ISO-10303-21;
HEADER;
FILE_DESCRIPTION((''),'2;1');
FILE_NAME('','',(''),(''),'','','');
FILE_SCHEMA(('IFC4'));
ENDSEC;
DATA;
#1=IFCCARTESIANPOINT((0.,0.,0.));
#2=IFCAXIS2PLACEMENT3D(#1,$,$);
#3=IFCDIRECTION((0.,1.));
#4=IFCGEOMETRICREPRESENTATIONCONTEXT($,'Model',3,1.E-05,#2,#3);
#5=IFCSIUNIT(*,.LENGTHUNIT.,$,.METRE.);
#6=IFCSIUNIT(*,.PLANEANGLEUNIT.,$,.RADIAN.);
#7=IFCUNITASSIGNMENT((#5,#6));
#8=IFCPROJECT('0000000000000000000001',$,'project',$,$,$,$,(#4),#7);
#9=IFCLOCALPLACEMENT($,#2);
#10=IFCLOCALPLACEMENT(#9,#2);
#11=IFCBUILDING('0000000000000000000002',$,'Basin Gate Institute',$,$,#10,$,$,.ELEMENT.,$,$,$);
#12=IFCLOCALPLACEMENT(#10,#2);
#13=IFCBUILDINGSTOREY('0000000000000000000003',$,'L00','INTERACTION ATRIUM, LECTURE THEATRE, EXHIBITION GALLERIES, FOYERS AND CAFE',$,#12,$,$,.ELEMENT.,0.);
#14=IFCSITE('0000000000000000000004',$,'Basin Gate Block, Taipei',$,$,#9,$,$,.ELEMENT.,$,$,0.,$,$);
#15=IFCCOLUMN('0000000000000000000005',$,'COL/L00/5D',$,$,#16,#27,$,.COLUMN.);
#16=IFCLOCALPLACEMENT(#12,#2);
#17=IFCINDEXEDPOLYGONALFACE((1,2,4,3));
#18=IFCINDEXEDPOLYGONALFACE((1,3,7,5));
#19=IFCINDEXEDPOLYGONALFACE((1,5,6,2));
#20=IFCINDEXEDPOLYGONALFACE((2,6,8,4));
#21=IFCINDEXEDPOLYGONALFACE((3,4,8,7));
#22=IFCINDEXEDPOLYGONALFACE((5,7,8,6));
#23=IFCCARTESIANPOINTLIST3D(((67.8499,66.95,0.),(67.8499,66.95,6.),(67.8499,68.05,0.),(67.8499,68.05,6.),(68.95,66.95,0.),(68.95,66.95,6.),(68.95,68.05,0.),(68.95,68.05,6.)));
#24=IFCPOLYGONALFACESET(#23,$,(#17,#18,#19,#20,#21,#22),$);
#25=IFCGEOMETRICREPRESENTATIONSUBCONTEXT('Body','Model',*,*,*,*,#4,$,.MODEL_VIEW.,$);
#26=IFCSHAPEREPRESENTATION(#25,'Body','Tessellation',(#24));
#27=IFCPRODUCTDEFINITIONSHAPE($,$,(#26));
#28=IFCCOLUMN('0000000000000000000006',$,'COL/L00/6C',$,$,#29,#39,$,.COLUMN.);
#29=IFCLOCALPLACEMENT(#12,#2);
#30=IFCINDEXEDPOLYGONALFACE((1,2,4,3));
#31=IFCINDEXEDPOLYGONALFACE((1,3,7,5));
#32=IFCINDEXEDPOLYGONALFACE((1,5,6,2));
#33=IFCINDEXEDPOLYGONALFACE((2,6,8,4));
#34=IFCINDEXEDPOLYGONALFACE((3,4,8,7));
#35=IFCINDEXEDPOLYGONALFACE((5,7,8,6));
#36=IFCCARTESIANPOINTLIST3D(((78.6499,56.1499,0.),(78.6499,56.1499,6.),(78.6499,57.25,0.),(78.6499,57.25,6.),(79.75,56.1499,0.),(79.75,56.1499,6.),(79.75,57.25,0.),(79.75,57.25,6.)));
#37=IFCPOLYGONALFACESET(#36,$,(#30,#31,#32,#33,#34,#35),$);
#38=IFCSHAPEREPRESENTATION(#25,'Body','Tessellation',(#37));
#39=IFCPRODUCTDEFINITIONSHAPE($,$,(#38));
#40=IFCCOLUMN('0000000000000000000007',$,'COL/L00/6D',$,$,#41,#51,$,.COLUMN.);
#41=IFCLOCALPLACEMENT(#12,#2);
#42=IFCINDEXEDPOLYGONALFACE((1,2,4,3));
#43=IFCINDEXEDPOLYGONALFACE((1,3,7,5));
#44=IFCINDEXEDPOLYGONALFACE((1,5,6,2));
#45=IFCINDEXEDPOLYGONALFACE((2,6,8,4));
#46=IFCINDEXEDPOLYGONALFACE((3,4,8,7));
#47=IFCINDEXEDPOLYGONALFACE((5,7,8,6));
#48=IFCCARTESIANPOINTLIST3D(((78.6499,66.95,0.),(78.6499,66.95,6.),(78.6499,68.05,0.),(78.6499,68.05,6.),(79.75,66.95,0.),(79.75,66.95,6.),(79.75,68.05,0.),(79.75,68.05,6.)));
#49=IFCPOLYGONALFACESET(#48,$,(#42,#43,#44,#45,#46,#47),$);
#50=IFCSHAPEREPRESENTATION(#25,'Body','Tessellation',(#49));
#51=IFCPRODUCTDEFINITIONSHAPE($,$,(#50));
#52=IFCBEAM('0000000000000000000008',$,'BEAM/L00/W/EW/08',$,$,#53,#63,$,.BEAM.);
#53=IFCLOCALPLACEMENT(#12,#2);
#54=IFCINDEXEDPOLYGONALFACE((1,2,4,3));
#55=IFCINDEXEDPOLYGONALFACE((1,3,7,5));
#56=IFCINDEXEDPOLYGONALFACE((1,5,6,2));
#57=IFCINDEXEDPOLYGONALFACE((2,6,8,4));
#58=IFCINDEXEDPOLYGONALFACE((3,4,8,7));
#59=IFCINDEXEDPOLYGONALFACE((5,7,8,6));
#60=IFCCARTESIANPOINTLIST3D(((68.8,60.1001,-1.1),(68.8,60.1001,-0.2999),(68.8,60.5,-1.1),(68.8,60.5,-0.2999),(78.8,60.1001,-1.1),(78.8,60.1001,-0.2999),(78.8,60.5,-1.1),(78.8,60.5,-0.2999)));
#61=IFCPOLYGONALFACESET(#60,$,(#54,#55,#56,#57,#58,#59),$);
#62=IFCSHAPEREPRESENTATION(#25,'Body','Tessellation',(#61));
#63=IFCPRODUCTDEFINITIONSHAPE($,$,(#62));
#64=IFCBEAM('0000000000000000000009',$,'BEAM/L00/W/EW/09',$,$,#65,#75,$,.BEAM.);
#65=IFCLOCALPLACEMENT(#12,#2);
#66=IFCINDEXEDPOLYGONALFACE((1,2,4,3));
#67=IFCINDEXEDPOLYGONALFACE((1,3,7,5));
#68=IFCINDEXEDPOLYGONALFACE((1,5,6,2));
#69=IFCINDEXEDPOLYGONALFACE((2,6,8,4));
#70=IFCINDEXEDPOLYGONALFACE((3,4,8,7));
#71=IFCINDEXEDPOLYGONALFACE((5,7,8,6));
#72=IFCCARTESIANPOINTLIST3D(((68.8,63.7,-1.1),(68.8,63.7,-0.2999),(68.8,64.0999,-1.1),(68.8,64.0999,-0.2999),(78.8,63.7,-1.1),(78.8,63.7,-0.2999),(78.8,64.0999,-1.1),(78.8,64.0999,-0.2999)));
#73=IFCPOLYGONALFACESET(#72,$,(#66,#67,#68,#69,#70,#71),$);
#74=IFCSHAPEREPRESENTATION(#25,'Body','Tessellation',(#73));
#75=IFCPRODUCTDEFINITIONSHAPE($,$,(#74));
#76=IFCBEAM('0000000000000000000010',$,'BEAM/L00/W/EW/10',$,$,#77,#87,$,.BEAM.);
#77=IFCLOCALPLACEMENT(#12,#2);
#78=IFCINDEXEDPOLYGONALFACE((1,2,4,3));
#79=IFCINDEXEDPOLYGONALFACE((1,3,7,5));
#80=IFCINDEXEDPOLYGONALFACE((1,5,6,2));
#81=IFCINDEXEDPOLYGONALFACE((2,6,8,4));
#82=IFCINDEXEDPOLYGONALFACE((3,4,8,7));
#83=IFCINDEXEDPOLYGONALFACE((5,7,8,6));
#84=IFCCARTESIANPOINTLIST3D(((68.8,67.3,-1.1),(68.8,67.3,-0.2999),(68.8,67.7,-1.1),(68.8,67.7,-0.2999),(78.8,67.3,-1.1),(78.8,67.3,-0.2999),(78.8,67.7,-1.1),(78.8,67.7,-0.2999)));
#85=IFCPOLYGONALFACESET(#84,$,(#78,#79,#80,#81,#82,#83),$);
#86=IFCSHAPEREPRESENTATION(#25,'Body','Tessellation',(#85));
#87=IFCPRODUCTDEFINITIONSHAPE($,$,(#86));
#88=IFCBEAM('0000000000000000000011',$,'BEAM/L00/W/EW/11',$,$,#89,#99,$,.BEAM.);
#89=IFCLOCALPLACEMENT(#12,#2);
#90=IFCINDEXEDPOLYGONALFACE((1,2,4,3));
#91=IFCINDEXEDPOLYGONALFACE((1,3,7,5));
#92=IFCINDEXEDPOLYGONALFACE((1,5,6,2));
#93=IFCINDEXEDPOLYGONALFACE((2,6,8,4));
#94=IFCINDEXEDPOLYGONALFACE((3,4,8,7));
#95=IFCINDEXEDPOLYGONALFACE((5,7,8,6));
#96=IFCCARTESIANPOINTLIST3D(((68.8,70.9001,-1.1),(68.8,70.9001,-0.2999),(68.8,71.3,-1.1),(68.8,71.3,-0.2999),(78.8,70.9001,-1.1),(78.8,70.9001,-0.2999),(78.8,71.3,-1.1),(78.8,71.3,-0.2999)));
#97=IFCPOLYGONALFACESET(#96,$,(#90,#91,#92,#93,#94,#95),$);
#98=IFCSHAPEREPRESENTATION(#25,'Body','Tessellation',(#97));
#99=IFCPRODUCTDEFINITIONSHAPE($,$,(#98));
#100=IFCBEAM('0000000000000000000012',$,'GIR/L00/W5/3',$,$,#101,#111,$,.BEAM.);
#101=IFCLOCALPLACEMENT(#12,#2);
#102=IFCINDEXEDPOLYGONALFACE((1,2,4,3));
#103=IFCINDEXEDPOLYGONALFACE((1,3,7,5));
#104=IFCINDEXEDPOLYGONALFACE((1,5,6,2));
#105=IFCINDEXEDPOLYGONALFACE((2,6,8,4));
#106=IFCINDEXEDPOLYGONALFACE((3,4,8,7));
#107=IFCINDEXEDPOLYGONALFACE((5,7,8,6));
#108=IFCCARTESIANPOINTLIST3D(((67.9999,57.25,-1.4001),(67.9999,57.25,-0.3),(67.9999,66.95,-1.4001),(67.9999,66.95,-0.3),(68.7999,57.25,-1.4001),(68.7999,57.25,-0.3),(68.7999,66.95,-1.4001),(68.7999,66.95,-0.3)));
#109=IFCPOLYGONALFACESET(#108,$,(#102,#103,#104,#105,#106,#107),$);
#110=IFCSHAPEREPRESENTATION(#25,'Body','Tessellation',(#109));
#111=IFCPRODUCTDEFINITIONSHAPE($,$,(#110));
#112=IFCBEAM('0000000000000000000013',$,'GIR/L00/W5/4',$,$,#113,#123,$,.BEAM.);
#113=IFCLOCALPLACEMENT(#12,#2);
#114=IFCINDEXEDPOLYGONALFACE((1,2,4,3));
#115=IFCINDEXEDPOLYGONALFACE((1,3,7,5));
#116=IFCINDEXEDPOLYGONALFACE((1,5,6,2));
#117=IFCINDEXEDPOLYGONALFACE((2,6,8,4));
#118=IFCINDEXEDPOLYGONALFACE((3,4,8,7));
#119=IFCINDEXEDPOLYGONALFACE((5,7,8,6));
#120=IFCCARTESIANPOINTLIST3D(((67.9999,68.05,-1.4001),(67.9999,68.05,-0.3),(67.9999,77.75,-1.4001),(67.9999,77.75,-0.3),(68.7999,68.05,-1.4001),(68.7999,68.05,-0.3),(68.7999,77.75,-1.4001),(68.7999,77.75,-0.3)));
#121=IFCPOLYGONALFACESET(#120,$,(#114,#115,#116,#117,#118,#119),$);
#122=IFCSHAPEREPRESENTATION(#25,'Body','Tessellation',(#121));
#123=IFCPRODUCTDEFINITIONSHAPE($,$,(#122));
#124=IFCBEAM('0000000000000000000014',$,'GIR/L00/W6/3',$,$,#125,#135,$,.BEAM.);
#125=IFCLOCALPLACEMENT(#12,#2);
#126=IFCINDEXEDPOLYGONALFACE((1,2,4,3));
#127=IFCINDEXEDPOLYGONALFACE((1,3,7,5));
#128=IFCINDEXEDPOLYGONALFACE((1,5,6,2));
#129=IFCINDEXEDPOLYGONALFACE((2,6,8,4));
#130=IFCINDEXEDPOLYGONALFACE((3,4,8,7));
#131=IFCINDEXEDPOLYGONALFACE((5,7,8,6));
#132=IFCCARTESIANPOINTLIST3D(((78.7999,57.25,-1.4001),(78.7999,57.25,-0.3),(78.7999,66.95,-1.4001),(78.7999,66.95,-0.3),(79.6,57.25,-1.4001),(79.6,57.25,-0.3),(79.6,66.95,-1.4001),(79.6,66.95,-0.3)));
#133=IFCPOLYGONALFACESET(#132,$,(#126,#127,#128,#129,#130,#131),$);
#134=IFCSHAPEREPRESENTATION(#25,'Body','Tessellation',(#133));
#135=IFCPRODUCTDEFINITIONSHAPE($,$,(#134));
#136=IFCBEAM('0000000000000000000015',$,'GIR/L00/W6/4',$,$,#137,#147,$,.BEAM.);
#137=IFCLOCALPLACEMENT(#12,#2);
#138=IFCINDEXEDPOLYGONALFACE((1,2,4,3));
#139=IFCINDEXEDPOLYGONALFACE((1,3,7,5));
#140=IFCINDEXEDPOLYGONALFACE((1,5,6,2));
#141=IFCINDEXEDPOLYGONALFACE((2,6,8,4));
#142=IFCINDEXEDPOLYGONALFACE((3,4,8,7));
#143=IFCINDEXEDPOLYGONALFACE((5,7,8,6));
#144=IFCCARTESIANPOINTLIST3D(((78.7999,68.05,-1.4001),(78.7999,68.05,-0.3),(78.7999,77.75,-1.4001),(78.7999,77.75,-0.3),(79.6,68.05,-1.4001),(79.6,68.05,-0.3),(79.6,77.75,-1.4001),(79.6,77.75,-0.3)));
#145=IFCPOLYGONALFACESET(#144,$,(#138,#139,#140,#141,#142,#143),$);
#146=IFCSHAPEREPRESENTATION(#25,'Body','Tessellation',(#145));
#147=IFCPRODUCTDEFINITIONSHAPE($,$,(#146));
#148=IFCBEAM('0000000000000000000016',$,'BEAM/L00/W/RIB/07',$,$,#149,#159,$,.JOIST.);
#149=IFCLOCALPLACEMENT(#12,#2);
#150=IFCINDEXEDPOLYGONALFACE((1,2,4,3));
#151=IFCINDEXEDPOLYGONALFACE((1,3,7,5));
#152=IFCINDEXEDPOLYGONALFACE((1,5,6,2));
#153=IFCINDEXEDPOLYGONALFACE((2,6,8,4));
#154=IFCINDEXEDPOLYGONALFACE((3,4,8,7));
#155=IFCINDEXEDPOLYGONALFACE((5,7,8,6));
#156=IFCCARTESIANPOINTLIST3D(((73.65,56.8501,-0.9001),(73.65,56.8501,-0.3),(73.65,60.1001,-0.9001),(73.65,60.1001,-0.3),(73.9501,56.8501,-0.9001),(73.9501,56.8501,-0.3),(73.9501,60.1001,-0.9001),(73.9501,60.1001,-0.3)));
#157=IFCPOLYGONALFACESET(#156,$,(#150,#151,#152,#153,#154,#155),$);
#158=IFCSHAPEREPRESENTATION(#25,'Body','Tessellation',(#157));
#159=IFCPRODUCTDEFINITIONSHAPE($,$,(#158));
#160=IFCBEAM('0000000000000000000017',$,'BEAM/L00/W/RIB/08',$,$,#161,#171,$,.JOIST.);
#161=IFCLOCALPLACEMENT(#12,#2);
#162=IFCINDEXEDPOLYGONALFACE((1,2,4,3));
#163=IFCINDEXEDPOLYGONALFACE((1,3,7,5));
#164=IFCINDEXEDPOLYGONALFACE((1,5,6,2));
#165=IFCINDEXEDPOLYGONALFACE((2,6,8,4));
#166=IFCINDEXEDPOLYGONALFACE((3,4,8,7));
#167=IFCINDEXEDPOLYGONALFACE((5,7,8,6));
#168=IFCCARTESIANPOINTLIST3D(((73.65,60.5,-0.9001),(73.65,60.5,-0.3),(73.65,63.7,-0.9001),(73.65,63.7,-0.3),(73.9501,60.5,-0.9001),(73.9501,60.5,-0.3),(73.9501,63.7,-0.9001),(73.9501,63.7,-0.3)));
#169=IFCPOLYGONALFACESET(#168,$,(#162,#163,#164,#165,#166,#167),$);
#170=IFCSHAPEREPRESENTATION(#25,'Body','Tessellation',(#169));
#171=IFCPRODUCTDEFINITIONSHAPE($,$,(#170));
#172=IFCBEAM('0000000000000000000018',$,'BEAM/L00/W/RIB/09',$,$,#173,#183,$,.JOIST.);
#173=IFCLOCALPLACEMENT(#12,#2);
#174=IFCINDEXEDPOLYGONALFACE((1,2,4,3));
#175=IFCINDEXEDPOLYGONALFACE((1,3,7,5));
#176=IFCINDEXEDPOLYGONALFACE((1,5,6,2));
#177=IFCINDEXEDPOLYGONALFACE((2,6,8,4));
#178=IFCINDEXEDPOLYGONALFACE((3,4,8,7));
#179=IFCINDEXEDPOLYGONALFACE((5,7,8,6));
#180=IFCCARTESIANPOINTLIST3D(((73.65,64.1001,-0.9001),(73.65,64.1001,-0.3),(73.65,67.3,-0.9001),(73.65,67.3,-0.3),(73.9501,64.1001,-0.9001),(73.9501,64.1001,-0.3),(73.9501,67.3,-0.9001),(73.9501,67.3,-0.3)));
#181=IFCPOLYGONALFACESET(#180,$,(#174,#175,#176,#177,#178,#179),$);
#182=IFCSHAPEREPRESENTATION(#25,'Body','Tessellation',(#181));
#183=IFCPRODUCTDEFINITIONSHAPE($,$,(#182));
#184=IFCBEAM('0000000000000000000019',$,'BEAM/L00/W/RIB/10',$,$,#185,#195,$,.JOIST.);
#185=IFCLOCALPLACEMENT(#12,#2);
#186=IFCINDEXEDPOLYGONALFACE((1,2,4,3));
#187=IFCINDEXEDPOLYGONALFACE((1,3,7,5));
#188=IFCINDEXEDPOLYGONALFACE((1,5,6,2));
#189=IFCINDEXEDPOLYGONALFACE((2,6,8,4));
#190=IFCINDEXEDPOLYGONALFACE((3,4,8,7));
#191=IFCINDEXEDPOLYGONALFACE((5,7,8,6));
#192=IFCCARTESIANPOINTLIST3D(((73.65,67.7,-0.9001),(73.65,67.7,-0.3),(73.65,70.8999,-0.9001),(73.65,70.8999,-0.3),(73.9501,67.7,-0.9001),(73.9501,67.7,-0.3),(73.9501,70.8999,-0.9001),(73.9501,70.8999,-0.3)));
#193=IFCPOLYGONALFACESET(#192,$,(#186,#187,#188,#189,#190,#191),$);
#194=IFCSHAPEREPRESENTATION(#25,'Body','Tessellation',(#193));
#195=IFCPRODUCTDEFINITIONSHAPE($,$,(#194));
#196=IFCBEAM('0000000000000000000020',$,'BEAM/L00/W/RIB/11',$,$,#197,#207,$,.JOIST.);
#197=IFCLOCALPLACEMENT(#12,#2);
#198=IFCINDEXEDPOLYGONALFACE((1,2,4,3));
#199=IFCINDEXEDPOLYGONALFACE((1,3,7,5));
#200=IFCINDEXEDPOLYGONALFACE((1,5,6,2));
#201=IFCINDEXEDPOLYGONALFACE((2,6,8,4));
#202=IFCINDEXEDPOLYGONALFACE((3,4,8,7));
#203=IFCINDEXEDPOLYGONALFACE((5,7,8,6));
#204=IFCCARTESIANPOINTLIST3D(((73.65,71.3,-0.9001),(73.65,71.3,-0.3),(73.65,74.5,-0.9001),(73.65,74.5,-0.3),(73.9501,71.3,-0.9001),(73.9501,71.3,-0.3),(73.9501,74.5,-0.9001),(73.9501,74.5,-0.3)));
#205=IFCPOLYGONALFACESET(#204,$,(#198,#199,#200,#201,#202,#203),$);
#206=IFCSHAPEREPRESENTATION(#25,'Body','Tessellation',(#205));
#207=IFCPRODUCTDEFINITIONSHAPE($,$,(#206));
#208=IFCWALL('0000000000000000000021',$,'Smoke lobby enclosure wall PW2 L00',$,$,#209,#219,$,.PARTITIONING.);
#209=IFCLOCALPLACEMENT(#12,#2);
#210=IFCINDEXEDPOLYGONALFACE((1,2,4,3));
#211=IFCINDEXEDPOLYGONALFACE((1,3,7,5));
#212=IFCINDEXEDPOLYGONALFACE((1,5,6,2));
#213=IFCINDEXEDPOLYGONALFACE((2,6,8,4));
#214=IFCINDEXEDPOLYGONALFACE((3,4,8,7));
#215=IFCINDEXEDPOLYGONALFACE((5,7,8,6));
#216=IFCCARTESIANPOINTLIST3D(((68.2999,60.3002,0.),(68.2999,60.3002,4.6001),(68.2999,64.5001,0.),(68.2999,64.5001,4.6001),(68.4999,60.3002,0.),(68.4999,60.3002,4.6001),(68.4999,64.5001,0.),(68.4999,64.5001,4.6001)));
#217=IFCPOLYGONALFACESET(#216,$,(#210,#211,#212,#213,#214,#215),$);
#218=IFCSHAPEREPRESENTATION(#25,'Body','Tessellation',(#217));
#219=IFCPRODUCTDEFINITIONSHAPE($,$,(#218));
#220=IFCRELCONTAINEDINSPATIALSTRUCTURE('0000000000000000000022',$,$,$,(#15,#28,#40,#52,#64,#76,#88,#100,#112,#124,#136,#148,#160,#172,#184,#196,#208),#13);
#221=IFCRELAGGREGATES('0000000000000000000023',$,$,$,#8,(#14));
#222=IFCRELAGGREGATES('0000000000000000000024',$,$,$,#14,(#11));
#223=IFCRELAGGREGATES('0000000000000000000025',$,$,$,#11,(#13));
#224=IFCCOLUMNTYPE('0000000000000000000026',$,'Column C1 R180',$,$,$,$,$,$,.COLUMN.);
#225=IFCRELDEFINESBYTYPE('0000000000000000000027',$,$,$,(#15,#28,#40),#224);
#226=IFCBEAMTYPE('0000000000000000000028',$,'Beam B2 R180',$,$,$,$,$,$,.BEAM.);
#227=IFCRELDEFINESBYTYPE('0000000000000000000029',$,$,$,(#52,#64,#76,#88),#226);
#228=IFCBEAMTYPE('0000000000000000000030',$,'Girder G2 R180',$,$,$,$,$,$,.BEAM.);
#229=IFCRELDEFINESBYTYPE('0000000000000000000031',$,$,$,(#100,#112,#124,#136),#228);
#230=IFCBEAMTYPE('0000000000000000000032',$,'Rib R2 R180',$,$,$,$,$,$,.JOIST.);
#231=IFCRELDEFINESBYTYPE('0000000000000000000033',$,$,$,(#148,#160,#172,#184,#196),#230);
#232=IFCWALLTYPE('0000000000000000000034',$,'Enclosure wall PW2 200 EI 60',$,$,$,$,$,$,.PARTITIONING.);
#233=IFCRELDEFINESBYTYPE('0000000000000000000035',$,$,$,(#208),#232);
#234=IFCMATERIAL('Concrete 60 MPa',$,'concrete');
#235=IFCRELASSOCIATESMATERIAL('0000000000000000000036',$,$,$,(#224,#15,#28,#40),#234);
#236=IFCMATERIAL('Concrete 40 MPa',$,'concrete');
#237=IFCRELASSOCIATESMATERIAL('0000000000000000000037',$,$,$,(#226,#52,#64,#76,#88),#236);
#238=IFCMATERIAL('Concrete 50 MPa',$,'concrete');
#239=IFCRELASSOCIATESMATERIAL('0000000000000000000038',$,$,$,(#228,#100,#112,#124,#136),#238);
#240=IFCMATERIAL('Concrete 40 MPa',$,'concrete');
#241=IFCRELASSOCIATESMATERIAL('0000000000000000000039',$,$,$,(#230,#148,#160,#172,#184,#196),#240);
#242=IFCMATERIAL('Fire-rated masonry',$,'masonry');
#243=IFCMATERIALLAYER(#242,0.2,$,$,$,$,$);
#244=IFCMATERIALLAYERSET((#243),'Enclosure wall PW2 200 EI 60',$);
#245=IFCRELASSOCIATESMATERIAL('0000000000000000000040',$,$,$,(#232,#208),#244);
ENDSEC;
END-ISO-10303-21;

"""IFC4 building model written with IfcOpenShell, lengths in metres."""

from ifc_helpers import new_model, si_unit, direction, frame, frame_2d, origin, origin_2d, place, context, subcontext, project, spatial, rectangle, extrude, material, layer, layer_set, material_profile, profile_set, type_object, element, save


model = new_model("IFC4")

# Units and contexts
model_context = context("Model", 3, precision=1e-05, world=origin(), true_north=direction((0.0, 1.0)))
body_context = subcontext(model_context, "Body", "Model", "MODEL_VIEW")
ifc_project = project(units=[si_unit("LENGTHUNIT", "METRE"), si_unit("PLANEANGLEUNIT", "RADIAN")], contexts=[model_context])

# Site, building, storey
site_placement = place(None, origin())
site = spatial("IfcSite", under=ifc_project, at=site_placement, Name="Basin Gate Block, Taipei", CompositionType="ELEMENT", RefElevation=0.0)
building_placement = place(site_placement, origin())
building = spatial("IfcBuilding", under=site, at=building_placement, Name="Basin Gate Institute", CompositionType="ELEMENT")
storey_placement = place(building_placement, origin())
storey = spatial("IfcBuildingStorey", under=building, at=storey_placement, Name="L00", Description="INTERACTION ATRIUM, LECTURE THEATRE, EXHIBITION GALLERIES, FOYERS AND CAFE", CompositionType="ELEMENT", Elevation=0.0)

# Columns
ifc_material_1 = material(Name="Concrete 60 MPa", Category="concrete")
ifc_material_profile_1 = material_profile(ifc_material_1, rectangle(XDim=1.1001, YDim=1.1001, at=origin_2d()), Name="Column C1 1100 x 1100")
ifc_profile_set_1 = profile_set([ifc_material_profile_1], Name="Concrete 60 MPa")
column_type = type_object("IfcColumnType", Name="Column C1 R180", PredefinedType="COLUMN", material=ifc_profile_set_1)
for number, where, z_axis, x_axis, name in (
    (1, (68.3999, 67.5, 0.0), (0.0, 0.0, 1.0), (1.0, 0.0, 0.0), "COL/L00/5D"),
    (2, (79.2, 56.7, 0.0), (0.0, 0.0, 1.0), (1.0, 0.0, 0.0), "COL/L00/6C"),
    (3, (79.2, 67.5, 0.0), (0.0, 0.0, 1.0), (1.0, 0.0, 0.0), "COL/L00/6D"),
):
    element("IfcColumn", number, at=place(storey_placement, frame(where, z_axis=z_axis, x_axis=x_axis)), inside=storey, type_object=column_type, material=ifc_profile_set_1, Name=name, PredefinedType="COLUMN", context=body_context, shape_type="SweptSolid", body=[
        extrude(rectangle(XDim=1.1001, YDim=1.1001, at=origin_2d()), origin(), (0.0, 0.0, 1.0), 6.0),
    ])

# Beams
ifc_material_2 = material(Name="Concrete 40 MPa", Category="concrete")
ifc_material_profile_2 = material_profile(ifc_material_2, rectangle(XDim=0.3999, YDim=0.8, at=origin_2d()), Name="Beam B2 400 x 800")
ifc_profile_set_2 = profile_set([ifc_material_profile_2], Name="Concrete 40 MPa")
beam_type_1 = type_object("IfcBeamType", Name="Beam B2 R180", PredefinedType="BEAM", material=ifc_profile_set_2)
for number, where, z_axis, x_axis, name in (
    (4, (68.8, 60.3, -0.7), (1.0, 0.0, 0.0), (0.0, 1.0, 0.0), "BEAM/L00/W/EW/08"),
    (5, (68.8, 63.8999, -0.7), (1.0, 0.0, 0.0), (0.0, 1.0, 0.0), "BEAM/L00/W/EW/09"),
    (6, (68.8, 67.5, -0.7), (1.0, 0.0, 0.0), (0.0, 1.0, 0.0), "BEAM/L00/W/EW/10"),
    (7, (68.8, 71.1001, -0.7), (1.0, 0.0, 0.0), (0.0, 1.0, 0.0), "BEAM/L00/W/EW/11"),
):
    element("IfcBeam", number, at=place(storey_placement, frame(where, z_axis=z_axis, x_axis=x_axis)), inside=storey, type_object=beam_type_1, material=ifc_profile_set_2, Name=name, PredefinedType="BEAM", context=body_context, shape_type="SweptSolid", body=[
        extrude(rectangle(XDim=0.3999, YDim=0.8, at=origin_2d()), origin(), (0.0, 0.0, 1.0), 10.0),
    ])
ifc_material_3 = material(Name="Concrete 50 MPa", Category="concrete")
ifc_material_profile_3 = material_profile(ifc_material_3, rectangle(XDim=0.8, YDim=1.1001, at=origin_2d()), Name="Girder G2 800 x 1100")
ifc_profile_set_3 = profile_set([ifc_material_profile_3], Name="Concrete 50 MPa")
beam_type_2 = type_object("IfcBeamType", Name="Girder G2 R180", PredefinedType="BEAM", material=ifc_profile_set_3)
for number, where, z_axis, x_axis, name in (
    (8, (68.3999, 57.25, -0.8501), (0.0, 1.0, 0.0), (-1.0, 0.0, 0.0), "GIR/L00/W5/3"),
    (9, (68.3999, 68.05, -0.8501), (0.0, 1.0, 0.0), (-1.0, 0.0, 0.0), "GIR/L00/W5/4"),
    (10, (79.2, 57.25, -0.8501), (0.0, 1.0, 0.0), (-1.0, 0.0, 0.0), "GIR/L00/W6/3"),
    (11, (79.2, 68.05, -0.8501), (0.0, 1.0, 0.0), (-1.0, 0.0, 0.0), "GIR/L00/W6/4"),
):
    element("IfcBeam", number, at=place(storey_placement, frame(where, z_axis=z_axis, x_axis=x_axis)), inside=storey, type_object=beam_type_2, material=ifc_profile_set_3, Name=name, PredefinedType="BEAM", context=body_context, shape_type="SweptSolid", body=[
        extrude(rectangle(XDim=0.8, YDim=1.1001, at=origin_2d()), origin(), (0.0, 0.0, 1.0), 9.7),
    ])
ifc_material_4 = material(Name="Concrete 40 MPa", Category="concrete")
ifc_material_profile_4 = material_profile(ifc_material_4, rectangle(XDim=0.3, YDim=0.6001, at=origin_2d()), Name="Rib R2 300 x 600")
ifc_profile_set_4 = profile_set([ifc_material_profile_4], Name="Concrete 40 MPa")
beam_type_3 = type_object("IfcBeamType", Name="Rib R2 R180", PredefinedType="JOIST", material=ifc_profile_set_4)
beam_placement = place(storey_placement, frame((73.8, 56.8501, -0.6001), z_axis=(0.0, 1.0, 0.0), x_axis=(-1.0, 0.0, 0.0)))
element("IfcBeam", 12, at=beam_placement, inside=storey, type_object=beam_type_3, material=ifc_profile_set_4, Name="BEAM/L00/W/RIB/07", PredefinedType="JOIST", context=body_context, shape_type="SweptSolid", body=[
    extrude(rectangle(XDim=0.3, YDim=0.6001, at=origin_2d()), origin(), (0.0, 0.0, 1.0), 3.25),
])
for number, where, z_axis, x_axis, name in (
    (13, (73.8, 60.5, -0.6001), (0.0, 1.0, 0.0), (-1.0, 0.0, 0.0), "BEAM/L00/W/RIB/08"),
    (14, (73.8, 64.1001, -0.6001), (0.0, 1.0, 0.0), (-1.0, 0.0, 0.0), "BEAM/L00/W/RIB/09"),
    (15, (73.8, 67.7, -0.6001), (0.0, 1.0, 0.0), (-1.0, 0.0, 0.0), "BEAM/L00/W/RIB/10"),
    (16, (73.8, 71.3, -0.6001), (0.0, 1.0, 0.0), (-1.0, 0.0, 0.0), "BEAM/L00/W/RIB/11"),
):
    element("IfcBeam", number, at=place(storey_placement, frame(where, z_axis=z_axis, x_axis=x_axis)), inside=storey, type_object=beam_type_3, material=ifc_profile_set_4, Name=name, PredefinedType="JOIST", context=body_context, shape_type="SweptSolid", body=[
        extrude(rectangle(XDim=0.3, YDim=0.6001, at=origin_2d()), origin(), (0.0, 0.0, 1.0), 3.2),
    ])

# Wall
ifc_material_5 = material(Name="Fire-rated masonry", Category="masonry")
ifc_layer_1 = layer(ifc_material_5, 0.2)
ifc_layer_set_1 = layer_set([ifc_layer_1], Name="Enclosure wall PW2 200 EI 60")
wall_type_1 = type_object("IfcWallType", Name="Enclosure wall PW2 200 EI 60", PredefinedType="PARTITIONING", material=ifc_layer_set_1)
wall_1_placement = place(storey_placement, frame((68.3999, 60.3, 0.0), z_axis=(0.0, 0.0, 1.0), x_axis=(0.0, 1.0, 0.0)))
element("IfcWall", 17, at=wall_1_placement, inside=storey, type_object=wall_type_1, material=ifc_layer_set_1, Name="Smoke lobby enclosure wall PW2 L00", PredefinedType="PARTITIONING", context=body_context, shape_type="SweptSolid", body=[
    extrude(rectangle(XDim=4.2, YDim=0.2, at=frame_2d((2.1001, 0.0))), origin(), (0.0, 0.0, 1.0), 4.6001),
])

save(model, "model.ifc")
